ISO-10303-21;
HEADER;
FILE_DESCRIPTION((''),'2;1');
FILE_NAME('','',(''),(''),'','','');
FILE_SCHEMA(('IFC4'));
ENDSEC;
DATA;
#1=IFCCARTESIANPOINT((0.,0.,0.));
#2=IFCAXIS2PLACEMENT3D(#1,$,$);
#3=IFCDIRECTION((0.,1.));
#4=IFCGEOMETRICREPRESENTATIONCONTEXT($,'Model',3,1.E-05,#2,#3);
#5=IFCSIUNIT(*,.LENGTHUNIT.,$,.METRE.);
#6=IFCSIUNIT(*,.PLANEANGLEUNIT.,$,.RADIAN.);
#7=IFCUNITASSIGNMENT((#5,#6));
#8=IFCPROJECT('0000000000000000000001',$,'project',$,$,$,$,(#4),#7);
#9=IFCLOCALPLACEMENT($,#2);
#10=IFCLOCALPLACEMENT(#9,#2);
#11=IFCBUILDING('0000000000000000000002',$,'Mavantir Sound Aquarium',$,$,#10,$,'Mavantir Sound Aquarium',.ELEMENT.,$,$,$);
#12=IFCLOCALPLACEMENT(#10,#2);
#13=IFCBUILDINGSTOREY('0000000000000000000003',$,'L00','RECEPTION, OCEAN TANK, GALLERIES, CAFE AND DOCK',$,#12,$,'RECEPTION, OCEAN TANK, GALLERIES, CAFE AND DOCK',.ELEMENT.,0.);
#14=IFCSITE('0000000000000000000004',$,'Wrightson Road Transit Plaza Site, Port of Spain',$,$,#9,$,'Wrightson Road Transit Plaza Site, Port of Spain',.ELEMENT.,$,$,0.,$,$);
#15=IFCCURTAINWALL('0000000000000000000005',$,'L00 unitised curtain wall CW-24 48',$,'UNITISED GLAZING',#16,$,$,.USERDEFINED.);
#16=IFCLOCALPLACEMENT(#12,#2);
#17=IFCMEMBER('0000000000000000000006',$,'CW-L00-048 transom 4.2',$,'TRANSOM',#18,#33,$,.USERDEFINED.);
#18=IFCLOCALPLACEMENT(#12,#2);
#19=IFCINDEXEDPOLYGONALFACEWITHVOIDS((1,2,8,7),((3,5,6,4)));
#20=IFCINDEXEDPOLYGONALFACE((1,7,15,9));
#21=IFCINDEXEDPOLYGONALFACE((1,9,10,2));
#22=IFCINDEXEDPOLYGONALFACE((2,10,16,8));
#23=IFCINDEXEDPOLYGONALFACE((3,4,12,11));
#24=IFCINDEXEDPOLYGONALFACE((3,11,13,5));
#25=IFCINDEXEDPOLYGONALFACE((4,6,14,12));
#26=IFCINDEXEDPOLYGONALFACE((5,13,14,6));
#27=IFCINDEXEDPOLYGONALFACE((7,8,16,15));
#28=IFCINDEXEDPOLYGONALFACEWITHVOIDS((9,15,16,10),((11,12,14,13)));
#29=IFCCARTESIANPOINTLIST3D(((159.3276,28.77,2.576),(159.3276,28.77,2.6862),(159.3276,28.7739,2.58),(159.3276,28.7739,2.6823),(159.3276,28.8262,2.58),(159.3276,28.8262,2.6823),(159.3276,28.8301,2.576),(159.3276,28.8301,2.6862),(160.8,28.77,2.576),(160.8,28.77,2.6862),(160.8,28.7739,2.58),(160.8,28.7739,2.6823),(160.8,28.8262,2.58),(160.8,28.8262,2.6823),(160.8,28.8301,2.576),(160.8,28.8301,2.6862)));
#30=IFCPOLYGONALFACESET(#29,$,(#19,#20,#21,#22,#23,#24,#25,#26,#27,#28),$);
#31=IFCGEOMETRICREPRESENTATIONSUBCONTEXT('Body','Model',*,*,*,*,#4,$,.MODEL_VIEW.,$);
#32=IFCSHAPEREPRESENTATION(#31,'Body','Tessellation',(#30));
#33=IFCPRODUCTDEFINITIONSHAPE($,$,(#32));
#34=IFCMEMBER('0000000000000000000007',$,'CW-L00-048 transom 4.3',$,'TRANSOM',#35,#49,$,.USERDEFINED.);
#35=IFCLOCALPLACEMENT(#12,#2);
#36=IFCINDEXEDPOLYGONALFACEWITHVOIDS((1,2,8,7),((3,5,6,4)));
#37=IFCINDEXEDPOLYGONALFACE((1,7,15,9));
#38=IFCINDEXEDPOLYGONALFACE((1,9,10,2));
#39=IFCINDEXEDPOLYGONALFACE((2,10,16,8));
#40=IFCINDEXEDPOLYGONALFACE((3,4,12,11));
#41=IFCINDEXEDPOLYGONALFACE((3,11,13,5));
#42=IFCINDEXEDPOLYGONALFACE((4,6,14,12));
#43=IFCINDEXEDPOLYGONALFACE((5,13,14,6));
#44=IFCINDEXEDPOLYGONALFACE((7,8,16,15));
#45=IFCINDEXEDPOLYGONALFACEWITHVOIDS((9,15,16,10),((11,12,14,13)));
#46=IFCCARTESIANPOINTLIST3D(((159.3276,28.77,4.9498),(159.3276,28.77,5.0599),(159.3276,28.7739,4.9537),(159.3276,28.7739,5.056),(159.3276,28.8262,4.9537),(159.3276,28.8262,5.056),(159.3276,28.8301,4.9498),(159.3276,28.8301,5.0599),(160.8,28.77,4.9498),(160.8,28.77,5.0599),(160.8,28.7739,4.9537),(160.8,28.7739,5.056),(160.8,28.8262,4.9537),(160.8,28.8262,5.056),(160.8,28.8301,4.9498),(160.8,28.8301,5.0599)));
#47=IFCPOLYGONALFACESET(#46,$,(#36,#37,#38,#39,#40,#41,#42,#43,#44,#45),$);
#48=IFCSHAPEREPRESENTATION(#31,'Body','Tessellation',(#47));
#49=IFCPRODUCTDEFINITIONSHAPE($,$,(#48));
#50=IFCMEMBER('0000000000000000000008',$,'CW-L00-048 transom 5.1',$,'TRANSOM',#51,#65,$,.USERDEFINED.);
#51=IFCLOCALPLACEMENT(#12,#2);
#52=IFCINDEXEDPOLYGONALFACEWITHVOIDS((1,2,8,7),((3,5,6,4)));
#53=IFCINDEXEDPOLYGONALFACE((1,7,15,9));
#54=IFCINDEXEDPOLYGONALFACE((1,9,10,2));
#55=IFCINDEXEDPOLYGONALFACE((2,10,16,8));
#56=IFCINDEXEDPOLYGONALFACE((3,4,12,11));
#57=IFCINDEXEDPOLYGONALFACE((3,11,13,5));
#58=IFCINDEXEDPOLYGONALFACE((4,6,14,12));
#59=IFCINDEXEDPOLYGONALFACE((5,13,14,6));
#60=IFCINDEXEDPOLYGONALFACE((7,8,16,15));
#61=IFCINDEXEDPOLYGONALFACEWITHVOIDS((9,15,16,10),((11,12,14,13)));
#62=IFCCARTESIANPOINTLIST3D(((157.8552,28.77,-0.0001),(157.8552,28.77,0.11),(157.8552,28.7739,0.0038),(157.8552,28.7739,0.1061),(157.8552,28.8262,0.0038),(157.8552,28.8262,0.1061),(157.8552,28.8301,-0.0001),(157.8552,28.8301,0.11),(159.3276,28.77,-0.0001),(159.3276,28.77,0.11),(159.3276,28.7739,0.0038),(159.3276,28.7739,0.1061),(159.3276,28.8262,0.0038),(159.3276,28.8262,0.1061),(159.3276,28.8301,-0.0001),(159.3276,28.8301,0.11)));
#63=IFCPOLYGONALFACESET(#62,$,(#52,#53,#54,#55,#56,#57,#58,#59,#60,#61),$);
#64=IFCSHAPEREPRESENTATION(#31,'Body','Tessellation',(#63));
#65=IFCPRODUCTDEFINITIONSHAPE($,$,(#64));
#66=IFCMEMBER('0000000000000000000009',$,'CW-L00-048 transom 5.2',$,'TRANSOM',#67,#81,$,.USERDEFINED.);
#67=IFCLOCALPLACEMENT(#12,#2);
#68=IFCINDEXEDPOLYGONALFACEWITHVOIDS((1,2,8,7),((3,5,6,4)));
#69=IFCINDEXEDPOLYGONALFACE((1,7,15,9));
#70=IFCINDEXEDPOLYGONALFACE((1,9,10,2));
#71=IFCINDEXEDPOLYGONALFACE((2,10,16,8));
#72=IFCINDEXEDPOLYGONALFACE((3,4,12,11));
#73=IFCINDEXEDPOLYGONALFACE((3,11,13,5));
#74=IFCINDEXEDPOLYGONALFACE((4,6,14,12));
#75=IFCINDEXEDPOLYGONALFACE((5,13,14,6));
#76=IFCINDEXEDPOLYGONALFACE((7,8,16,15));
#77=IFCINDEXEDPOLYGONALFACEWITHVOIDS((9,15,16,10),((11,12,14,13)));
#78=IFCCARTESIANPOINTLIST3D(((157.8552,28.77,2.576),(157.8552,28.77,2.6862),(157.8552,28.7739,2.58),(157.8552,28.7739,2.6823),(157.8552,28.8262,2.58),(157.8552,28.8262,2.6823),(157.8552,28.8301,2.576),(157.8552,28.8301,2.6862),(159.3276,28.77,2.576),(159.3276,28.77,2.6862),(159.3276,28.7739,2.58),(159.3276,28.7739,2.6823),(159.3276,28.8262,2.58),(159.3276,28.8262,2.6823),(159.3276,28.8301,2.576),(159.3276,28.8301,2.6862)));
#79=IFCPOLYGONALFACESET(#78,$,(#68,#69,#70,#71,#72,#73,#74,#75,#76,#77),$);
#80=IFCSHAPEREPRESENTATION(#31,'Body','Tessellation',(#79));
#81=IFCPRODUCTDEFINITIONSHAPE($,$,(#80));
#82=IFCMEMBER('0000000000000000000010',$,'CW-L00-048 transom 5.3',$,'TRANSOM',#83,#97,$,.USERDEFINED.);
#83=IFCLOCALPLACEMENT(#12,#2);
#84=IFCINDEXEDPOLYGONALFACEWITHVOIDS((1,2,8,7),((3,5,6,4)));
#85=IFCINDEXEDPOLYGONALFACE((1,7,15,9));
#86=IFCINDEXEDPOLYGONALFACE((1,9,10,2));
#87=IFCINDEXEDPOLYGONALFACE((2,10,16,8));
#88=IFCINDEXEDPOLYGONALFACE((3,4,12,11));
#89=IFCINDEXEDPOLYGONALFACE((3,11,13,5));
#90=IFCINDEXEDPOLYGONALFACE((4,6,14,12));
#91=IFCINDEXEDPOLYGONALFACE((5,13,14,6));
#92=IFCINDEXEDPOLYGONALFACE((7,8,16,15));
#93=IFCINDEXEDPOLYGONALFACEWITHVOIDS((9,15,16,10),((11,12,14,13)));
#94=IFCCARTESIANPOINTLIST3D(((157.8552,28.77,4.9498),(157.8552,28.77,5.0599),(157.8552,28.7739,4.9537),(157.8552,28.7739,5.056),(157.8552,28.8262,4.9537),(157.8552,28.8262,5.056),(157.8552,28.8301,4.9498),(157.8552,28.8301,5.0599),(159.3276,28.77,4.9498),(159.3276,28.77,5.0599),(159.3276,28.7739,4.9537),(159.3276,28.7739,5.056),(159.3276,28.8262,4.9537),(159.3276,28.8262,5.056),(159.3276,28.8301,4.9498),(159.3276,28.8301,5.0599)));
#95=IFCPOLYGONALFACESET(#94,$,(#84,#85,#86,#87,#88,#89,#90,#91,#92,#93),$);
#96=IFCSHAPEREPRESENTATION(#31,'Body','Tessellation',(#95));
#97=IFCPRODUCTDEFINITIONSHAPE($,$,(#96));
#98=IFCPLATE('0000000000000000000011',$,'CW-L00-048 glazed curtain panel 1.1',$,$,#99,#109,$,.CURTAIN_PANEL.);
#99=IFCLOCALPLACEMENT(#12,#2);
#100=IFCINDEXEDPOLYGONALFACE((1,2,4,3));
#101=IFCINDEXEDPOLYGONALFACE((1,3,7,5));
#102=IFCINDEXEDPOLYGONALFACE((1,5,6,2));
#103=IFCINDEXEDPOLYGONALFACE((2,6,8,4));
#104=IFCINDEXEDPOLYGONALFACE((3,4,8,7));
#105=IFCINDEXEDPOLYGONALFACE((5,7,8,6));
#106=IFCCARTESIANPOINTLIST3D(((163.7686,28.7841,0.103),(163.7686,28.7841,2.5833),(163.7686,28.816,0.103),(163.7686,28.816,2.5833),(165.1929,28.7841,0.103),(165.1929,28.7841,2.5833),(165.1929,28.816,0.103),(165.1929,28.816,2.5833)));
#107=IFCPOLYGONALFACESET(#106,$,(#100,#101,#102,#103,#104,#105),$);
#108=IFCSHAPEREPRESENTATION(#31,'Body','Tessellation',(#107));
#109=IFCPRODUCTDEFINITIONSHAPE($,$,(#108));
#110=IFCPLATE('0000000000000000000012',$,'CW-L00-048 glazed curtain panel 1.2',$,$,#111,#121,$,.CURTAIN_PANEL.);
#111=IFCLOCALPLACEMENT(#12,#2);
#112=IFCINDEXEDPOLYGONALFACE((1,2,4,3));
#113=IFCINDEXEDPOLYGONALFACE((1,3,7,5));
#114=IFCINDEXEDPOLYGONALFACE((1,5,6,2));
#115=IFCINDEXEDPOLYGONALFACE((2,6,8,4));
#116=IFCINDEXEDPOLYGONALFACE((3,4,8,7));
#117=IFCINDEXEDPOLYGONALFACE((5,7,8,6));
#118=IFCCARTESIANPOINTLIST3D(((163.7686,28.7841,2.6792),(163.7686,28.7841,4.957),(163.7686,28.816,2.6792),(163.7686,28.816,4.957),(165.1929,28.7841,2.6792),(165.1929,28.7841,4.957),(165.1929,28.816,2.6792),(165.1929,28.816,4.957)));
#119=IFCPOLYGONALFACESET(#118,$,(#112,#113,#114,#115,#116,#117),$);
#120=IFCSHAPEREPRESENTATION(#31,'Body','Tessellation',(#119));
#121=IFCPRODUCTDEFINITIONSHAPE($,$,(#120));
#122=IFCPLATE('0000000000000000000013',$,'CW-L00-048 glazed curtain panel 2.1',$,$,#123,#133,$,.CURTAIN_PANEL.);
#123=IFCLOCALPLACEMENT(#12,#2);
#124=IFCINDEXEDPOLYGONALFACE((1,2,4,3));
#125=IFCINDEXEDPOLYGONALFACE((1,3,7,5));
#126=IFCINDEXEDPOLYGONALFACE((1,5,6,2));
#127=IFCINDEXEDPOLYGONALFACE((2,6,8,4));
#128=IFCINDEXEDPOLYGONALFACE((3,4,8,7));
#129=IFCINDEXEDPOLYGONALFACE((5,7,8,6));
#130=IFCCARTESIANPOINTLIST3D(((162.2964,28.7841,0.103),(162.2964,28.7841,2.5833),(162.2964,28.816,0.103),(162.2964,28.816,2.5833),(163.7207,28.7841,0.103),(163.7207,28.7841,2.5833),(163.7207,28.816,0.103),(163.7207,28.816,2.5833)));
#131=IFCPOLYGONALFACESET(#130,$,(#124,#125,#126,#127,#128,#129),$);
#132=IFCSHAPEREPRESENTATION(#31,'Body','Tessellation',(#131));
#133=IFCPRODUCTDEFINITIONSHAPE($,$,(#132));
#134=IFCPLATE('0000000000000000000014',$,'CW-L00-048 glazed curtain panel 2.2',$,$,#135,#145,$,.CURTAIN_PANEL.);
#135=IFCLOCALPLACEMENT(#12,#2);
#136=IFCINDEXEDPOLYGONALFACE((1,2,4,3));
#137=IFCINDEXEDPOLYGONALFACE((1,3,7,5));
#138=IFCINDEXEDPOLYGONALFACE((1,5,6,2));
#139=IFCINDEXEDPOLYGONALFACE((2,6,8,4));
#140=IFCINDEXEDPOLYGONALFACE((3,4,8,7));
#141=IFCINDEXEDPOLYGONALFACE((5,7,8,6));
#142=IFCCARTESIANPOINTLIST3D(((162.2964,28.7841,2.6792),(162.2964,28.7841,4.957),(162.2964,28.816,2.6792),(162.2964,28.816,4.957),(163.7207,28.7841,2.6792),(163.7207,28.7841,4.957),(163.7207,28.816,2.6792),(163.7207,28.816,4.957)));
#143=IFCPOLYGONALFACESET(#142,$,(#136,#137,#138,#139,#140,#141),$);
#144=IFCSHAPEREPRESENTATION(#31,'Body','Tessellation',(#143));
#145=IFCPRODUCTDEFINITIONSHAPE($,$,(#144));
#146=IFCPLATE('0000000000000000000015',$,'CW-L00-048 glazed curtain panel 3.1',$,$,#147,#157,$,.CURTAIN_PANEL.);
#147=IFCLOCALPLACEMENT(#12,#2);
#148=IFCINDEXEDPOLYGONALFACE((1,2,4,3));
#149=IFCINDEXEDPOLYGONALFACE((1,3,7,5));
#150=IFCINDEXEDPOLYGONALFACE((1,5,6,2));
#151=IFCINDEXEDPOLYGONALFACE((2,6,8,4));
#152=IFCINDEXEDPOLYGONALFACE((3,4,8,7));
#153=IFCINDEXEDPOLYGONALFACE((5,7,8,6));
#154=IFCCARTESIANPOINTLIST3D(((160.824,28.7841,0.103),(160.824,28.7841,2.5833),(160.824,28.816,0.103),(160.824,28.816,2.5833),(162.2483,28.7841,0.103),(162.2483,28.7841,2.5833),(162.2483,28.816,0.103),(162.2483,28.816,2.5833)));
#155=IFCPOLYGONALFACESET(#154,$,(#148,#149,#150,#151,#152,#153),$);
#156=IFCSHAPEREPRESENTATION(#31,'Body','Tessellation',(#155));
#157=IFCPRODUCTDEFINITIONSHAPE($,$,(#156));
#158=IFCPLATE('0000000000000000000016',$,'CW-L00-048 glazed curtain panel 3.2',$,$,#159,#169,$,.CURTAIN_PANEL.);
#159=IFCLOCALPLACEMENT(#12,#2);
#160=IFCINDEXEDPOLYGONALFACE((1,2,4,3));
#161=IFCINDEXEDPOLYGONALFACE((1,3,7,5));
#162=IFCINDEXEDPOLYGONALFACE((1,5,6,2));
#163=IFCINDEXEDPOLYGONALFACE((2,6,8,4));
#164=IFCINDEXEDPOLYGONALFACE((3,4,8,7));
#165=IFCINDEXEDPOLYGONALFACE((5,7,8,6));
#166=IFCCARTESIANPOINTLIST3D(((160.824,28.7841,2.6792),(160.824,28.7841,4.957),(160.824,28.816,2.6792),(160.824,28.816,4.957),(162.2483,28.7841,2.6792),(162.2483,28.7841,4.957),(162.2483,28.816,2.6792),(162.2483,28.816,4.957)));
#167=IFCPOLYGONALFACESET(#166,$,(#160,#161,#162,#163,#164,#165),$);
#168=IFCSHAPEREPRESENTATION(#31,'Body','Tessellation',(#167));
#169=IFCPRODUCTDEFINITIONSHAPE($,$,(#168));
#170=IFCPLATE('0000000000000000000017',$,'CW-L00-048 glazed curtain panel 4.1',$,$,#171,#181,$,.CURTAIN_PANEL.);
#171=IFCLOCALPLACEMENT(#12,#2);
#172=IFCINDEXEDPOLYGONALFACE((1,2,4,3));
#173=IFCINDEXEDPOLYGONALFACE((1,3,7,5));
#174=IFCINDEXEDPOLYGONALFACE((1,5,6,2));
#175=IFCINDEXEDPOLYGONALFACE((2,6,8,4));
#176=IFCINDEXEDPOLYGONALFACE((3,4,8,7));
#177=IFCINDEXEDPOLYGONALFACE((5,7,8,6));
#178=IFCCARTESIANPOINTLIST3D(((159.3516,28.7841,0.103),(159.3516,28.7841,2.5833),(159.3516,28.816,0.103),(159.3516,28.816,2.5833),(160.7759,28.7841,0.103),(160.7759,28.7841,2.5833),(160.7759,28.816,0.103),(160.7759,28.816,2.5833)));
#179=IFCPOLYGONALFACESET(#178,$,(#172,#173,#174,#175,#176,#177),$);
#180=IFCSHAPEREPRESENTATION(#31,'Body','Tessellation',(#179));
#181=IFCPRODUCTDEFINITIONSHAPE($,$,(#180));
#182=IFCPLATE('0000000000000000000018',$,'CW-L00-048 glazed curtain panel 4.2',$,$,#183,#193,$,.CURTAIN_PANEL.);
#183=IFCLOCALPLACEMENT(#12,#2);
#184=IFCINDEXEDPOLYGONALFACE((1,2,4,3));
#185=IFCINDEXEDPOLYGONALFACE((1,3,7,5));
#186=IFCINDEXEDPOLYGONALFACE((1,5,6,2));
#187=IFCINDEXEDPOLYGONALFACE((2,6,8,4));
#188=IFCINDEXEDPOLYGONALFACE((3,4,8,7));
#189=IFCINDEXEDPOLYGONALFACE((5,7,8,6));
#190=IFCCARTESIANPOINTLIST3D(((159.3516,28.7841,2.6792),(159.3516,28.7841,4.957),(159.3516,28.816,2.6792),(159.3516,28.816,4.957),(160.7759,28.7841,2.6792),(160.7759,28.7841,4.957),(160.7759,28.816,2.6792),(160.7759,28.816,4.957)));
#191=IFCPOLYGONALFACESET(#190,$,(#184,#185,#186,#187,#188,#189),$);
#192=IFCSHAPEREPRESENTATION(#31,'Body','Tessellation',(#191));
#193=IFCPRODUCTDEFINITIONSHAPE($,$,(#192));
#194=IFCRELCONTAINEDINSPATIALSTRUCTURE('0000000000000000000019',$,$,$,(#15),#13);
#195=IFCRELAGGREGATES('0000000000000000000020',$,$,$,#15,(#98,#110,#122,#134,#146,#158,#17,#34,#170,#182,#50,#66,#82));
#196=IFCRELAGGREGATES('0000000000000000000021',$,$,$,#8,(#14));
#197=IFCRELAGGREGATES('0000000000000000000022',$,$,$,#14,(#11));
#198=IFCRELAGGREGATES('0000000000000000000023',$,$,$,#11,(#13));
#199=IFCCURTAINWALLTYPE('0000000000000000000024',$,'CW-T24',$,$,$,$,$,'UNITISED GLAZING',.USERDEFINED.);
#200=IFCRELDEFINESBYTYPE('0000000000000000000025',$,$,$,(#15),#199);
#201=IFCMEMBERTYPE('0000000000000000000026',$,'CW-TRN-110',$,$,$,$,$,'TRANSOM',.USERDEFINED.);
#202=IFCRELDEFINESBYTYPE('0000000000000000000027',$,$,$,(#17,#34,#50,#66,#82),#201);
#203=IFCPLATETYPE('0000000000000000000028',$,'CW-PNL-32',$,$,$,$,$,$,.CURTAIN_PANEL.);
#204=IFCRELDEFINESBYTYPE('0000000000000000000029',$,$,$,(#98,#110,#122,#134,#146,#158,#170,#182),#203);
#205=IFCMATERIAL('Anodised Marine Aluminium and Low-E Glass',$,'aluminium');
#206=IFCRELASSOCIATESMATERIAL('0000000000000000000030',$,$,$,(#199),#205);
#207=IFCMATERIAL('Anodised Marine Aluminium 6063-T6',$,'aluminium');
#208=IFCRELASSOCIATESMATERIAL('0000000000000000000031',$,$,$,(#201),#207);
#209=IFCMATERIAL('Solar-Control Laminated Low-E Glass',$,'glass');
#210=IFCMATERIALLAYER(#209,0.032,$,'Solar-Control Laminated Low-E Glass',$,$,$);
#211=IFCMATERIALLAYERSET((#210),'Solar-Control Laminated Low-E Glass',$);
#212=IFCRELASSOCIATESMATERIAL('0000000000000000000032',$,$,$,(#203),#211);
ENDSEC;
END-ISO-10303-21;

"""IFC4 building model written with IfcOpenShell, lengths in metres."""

from ifc_helpers import new_model, si_unit, direction, frame, origin, origin_2d, place, context, subcontext, project, spatial, rectangle, hollow_rectangle, extrude, material, layer, layer_set, material_profile, profile_set, type_object, element, aggregate, save


model = new_model("IFC4")

# Units and contexts
model_context = context("Model", 3, precision=1e-05, world=origin(), true_north=direction((0.0, 1.0)))
body_context = subcontext(model_context, "Body", "Model", "MODEL_VIEW")
ifc_project = project(units=[si_unit("LENGTHUNIT", "METRE"), si_unit("PLANEANGLEUNIT", "RADIAN")], contexts=[model_context])

# Site, building, storey
site_placement = place(None, origin())
site = spatial("IfcSite", under=ifc_project, at=site_placement, Name="Wrightson Road Transit Plaza Site, Port of Spain", LongName="Wrightson Road Transit Plaza Site, Port of Spain", CompositionType="ELEMENT", RefElevation=0.0)
building_placement = place(site_placement, origin())
building = spatial("IfcBuilding", under=site, at=building_placement, Name="Mavantir Sound Aquarium", LongName="Mavantir Sound Aquarium", CompositionType="ELEMENT")
storey_placement = place(building_placement, origin())
storey = spatial("IfcBuildingStorey", under=building, at=storey_placement, Name="L00", Description="RECEPTION, OCEAN TANK, GALLERIES, CAFE AND DOCK", LongName="RECEPTION, OCEAN TANK, GALLERIES, CAFE AND DOCK", CompositionType="ELEMENT", Elevation=0.0)

# Curtain wall, members, plates
ifc_material_1 = material(Name="Anodised Marine Aluminium and Low-E Glass", Category="aluminium")
curtain_wall_type = type_object("IfcCurtainWallType", Name="CW-T24", ElementType="UNITISED GLAZING", PredefinedType="USERDEFINED", material=ifc_material_1)
curtain_wall_placement = place(storey_placement, origin())
curtain_wall = element("IfcCurtainWall", 1, at=curtain_wall_placement, inside=storey, type_object=curtain_wall_type, Name="L00 unitised curtain wall CW-24 48", ObjectType="UNITISED GLAZING", PredefinedType="USERDEFINED")
ifc_material_2 = material(Name="Anodised Marine Aluminium 6063-T6", Category="aluminium")
ifc_material_profile_1 = material_profile(ifc_material_2, hollow_rectangle(XDim=0.0601, YDim=0.1101, WallThickness=0.0039, at=origin_2d()), Name="ALU-TRANSOM-110X60")
ifc_profile_set_1 = profile_set([ifc_material_profile_1], Name="Anodised Marine Aluminium 6063-T6")
member_type_1 = type_object("IfcMemberType", Name="CW-TRN-110", ElementType="TRANSOM", PredefinedType="USERDEFINED", material=ifc_profile_set_1)
member_1_placement = place(storey_placement, frame((160.8, 28.8, 2.6311), z_axis=(-1.0, 0.0, 0.0), x_axis=(0.0, -1.0, 0.0)))
member_1 = element("IfcMember", 2, at=member_1_placement, type_object=member_type_1, Name="CW-L00-048 transom 4.2", ObjectType="TRANSOM", PredefinedType="USERDEFINED", context=body_context, shape_type="SweptSolid", body=[
    extrude(hollow_rectangle(XDim=0.0601, YDim=0.1101, WallThickness=0.0039, at=origin_2d()), origin(), (0.0, 0.0, 1.0), 1.4724),
])
member_2_placement = place(storey_placement, frame((160.8, 28.8, 5.0049), z_axis=(-1.0, 0.0, 0.0), x_axis=(0.0, -1.0, 0.0)))
member_2 = element("IfcMember", 3, at=member_2_placement, type_object=member_type_1, Name="CW-L00-048 transom 4.3", ObjectType="TRANSOM", PredefinedType="USERDEFINED", context=body_context, shape_type="SweptSolid", body=[
    extrude(hollow_rectangle(XDim=0.0601, YDim=0.1101, WallThickness=0.0039, at=origin_2d()), origin(), (0.0, 0.0, 1.0), 1.4724),
])
member_3_placement = place(storey_placement, frame((159.3276, 28.8, 0.0549), z_axis=(-1.0, 0.0, 0.0), x_axis=(0.0, -1.0, 0.0)))
member_3 = element("IfcMember", 4, at=member_3_placement, type_object=member_type_1, Name="CW-L00-048 transom 5.1", ObjectType="TRANSOM", PredefinedType="USERDEFINED", context=body_context, shape_type="SweptSolid", body=[
    extrude(hollow_rectangle(XDim=0.0601, YDim=0.1101, WallThickness=0.0039, at=origin_2d()), origin(), (0.0, 0.0, 1.0), 1.4724),
])
member_4_placement = place(storey_placement, frame((159.3276, 28.8, 2.6311), z_axis=(-1.0, 0.0, 0.0), x_axis=(0.0, -1.0, 0.0)))
member_4 = element("IfcMember", 5, at=member_4_placement, type_object=member_type_1, Name="CW-L00-048 transom 5.2", ObjectType="TRANSOM", PredefinedType="USERDEFINED", context=body_context, shape_type="SweptSolid", body=[
    extrude(hollow_rectangle(XDim=0.0601, YDim=0.1101, WallThickness=0.0039, at=origin_2d()), origin(), (0.0, 0.0, 1.0), 1.4724),
])
member_5_placement = place(storey_placement, frame((159.3276, 28.8, 5.0049), z_axis=(-1.0, 0.0, 0.0), x_axis=(0.0, -1.0, 0.0)))
member_5 = element("IfcMember", 6, at=member_5_placement, type_object=member_type_1, Name="CW-L00-048 transom 5.3", ObjectType="TRANSOM", PredefinedType="USERDEFINED", context=body_context, shape_type="SweptSolid", body=[
    extrude(hollow_rectangle(XDim=0.0601, YDim=0.1101, WallThickness=0.0039, at=origin_2d()), origin(), (0.0, 0.0, 1.0), 1.4724),
])
ifc_material_3 = material(Name="Solar-Control Laminated Low-E Glass", Category="glass")
ifc_layer = layer(ifc_material_3, 0.032, Name="Solar-Control Laminated Low-E Glass")
ifc_layer_set = layer_set([ifc_layer], Name="Solar-Control Laminated Low-E Glass")
plate_type = type_object("IfcPlateType", Name="CW-PNL-32", PredefinedType="CURTAIN_PANEL", material=ifc_layer_set)
plate_1_placement = place(storey_placement, frame((164.4807, 28.8, 0.103), z_axis=(0.0, 0.0, 1.0), x_axis=(-1.0, 0.0, 0.0)))
plate_1 = element("IfcPlate", 7, at=plate_1_placement, type_object=plate_type, Name="CW-L00-048 glazed curtain panel 1.1", PredefinedType="CURTAIN_PANEL", context=body_context, shape_type="SweptSolid", body=[
    extrude(rectangle(XDim=1.4243, YDim=0.032, at=origin_2d()), origin(), (0.0, 0.0, 1.0), 2.4802),
])
plate_2_placement = place(storey_placement, frame((164.4807, 28.8, 2.6792), z_axis=(0.0, 0.0, 1.0), x_axis=(-1.0, 0.0, 0.0)))
plate_2 = element("IfcPlate", 8, at=plate_2_placement, type_object=plate_type, Name="CW-L00-048 glazed curtain panel 1.2", PredefinedType="CURTAIN_PANEL", context=body_context, shape_type="SweptSolid", body=[
    extrude(rectangle(XDim=1.4243, YDim=0.032, at=origin_2d()), origin(), (0.0, 0.0, 1.0), 2.2778),
])
plate_3_placement = place(storey_placement, frame((163.0085, 28.8, 0.103), z_axis=(0.0, 0.0, 1.0), x_axis=(-1.0, 0.0, 0.0)))
plate_3 = element("IfcPlate", 9, at=plate_3_placement, type_object=plate_type, Name="CW-L00-048 glazed curtain panel 2.1", PredefinedType="CURTAIN_PANEL", context=body_context, shape_type="SweptSolid", body=[
    extrude(rectangle(XDim=1.4243, YDim=0.032, at=origin_2d()), origin(), (0.0, 0.0, 1.0), 2.4802),
])
plate_4_placement = place(storey_placement, frame((163.0085, 28.8, 2.6792), z_axis=(0.0, 0.0, 1.0), x_axis=(-1.0, 0.0, 0.0)))
plate_4 = element("IfcPlate", 10, at=plate_4_placement, type_object=plate_type, Name="CW-L00-048 glazed curtain panel 2.2", PredefinedType="CURTAIN_PANEL", context=body_context, shape_type="SweptSolid", body=[
    extrude(rectangle(XDim=1.4243, YDim=0.032, at=origin_2d()), origin(), (0.0, 0.0, 1.0), 2.2778),
])
plate_5_placement = place(storey_placement, frame((161.5361, 28.8, 0.103), z_axis=(0.0, 0.0, 1.0), x_axis=(-1.0, 0.0, 0.0)))
plate_5 = element("IfcPlate", 11, at=plate_5_placement, type_object=plate_type, Name="CW-L00-048 glazed curtain panel 3.1", PredefinedType="CURTAIN_PANEL", context=body_context, shape_type="SweptSolid", body=[
    extrude(rectangle(XDim=1.4243, YDim=0.032, at=origin_2d()), origin(), (0.0, 0.0, 1.0), 2.4802),
])
plate_6_placement = place(storey_placement, frame((161.5361, 28.8, 2.6792), z_axis=(0.0, 0.0, 1.0), x_axis=(-1.0, 0.0, 0.0)))
plate_6 = element("IfcPlate", 12, at=plate_6_placement, type_object=plate_type, Name="CW-L00-048 glazed curtain panel 3.2", PredefinedType="CURTAIN_PANEL", context=body_context, shape_type="SweptSolid", body=[
    extrude(rectangle(XDim=1.4243, YDim=0.032, at=origin_2d()), origin(), (0.0, 0.0, 1.0), 2.2778),
])
plate_7_placement = place(storey_placement, frame((160.0637, 28.8, 0.103), z_axis=(0.0, 0.0, 1.0), x_axis=(-1.0, 0.0, 0.0)))
plate_7 = element("IfcPlate", 13, at=plate_7_placement, type_object=plate_type, Name="CW-L00-048 glazed curtain panel 4.1", PredefinedType="CURTAIN_PANEL", context=body_context, shape_type="SweptSolid", body=[
    extrude(rectangle(XDim=1.4243, YDim=0.032, at=origin_2d()), origin(), (0.0, 0.0, 1.0), 2.4802),
])
plate_8_placement = place(storey_placement, frame((160.0637, 28.8, 2.6792), z_axis=(0.0, 0.0, 1.0), x_axis=(-1.0, 0.0, 0.0)))
plate_8 = element("IfcPlate", 14, at=plate_8_placement, type_object=plate_type, Name="CW-L00-048 glazed curtain panel 4.2", PredefinedType="CURTAIN_PANEL", context=body_context, shape_type="SweptSolid", body=[
    extrude(rectangle(XDim=1.4243, YDim=0.032, at=origin_2d()), origin(), (0.0, 0.0, 1.0), 2.2778),
])
aggregate(curtain_wall, [plate_1, plate_2, plate_3, plate_4, plate_5, plate_6, member_1, member_2, plate_7, plate_8, member_3, member_4, member_5])

save(model, "model.ifc")
